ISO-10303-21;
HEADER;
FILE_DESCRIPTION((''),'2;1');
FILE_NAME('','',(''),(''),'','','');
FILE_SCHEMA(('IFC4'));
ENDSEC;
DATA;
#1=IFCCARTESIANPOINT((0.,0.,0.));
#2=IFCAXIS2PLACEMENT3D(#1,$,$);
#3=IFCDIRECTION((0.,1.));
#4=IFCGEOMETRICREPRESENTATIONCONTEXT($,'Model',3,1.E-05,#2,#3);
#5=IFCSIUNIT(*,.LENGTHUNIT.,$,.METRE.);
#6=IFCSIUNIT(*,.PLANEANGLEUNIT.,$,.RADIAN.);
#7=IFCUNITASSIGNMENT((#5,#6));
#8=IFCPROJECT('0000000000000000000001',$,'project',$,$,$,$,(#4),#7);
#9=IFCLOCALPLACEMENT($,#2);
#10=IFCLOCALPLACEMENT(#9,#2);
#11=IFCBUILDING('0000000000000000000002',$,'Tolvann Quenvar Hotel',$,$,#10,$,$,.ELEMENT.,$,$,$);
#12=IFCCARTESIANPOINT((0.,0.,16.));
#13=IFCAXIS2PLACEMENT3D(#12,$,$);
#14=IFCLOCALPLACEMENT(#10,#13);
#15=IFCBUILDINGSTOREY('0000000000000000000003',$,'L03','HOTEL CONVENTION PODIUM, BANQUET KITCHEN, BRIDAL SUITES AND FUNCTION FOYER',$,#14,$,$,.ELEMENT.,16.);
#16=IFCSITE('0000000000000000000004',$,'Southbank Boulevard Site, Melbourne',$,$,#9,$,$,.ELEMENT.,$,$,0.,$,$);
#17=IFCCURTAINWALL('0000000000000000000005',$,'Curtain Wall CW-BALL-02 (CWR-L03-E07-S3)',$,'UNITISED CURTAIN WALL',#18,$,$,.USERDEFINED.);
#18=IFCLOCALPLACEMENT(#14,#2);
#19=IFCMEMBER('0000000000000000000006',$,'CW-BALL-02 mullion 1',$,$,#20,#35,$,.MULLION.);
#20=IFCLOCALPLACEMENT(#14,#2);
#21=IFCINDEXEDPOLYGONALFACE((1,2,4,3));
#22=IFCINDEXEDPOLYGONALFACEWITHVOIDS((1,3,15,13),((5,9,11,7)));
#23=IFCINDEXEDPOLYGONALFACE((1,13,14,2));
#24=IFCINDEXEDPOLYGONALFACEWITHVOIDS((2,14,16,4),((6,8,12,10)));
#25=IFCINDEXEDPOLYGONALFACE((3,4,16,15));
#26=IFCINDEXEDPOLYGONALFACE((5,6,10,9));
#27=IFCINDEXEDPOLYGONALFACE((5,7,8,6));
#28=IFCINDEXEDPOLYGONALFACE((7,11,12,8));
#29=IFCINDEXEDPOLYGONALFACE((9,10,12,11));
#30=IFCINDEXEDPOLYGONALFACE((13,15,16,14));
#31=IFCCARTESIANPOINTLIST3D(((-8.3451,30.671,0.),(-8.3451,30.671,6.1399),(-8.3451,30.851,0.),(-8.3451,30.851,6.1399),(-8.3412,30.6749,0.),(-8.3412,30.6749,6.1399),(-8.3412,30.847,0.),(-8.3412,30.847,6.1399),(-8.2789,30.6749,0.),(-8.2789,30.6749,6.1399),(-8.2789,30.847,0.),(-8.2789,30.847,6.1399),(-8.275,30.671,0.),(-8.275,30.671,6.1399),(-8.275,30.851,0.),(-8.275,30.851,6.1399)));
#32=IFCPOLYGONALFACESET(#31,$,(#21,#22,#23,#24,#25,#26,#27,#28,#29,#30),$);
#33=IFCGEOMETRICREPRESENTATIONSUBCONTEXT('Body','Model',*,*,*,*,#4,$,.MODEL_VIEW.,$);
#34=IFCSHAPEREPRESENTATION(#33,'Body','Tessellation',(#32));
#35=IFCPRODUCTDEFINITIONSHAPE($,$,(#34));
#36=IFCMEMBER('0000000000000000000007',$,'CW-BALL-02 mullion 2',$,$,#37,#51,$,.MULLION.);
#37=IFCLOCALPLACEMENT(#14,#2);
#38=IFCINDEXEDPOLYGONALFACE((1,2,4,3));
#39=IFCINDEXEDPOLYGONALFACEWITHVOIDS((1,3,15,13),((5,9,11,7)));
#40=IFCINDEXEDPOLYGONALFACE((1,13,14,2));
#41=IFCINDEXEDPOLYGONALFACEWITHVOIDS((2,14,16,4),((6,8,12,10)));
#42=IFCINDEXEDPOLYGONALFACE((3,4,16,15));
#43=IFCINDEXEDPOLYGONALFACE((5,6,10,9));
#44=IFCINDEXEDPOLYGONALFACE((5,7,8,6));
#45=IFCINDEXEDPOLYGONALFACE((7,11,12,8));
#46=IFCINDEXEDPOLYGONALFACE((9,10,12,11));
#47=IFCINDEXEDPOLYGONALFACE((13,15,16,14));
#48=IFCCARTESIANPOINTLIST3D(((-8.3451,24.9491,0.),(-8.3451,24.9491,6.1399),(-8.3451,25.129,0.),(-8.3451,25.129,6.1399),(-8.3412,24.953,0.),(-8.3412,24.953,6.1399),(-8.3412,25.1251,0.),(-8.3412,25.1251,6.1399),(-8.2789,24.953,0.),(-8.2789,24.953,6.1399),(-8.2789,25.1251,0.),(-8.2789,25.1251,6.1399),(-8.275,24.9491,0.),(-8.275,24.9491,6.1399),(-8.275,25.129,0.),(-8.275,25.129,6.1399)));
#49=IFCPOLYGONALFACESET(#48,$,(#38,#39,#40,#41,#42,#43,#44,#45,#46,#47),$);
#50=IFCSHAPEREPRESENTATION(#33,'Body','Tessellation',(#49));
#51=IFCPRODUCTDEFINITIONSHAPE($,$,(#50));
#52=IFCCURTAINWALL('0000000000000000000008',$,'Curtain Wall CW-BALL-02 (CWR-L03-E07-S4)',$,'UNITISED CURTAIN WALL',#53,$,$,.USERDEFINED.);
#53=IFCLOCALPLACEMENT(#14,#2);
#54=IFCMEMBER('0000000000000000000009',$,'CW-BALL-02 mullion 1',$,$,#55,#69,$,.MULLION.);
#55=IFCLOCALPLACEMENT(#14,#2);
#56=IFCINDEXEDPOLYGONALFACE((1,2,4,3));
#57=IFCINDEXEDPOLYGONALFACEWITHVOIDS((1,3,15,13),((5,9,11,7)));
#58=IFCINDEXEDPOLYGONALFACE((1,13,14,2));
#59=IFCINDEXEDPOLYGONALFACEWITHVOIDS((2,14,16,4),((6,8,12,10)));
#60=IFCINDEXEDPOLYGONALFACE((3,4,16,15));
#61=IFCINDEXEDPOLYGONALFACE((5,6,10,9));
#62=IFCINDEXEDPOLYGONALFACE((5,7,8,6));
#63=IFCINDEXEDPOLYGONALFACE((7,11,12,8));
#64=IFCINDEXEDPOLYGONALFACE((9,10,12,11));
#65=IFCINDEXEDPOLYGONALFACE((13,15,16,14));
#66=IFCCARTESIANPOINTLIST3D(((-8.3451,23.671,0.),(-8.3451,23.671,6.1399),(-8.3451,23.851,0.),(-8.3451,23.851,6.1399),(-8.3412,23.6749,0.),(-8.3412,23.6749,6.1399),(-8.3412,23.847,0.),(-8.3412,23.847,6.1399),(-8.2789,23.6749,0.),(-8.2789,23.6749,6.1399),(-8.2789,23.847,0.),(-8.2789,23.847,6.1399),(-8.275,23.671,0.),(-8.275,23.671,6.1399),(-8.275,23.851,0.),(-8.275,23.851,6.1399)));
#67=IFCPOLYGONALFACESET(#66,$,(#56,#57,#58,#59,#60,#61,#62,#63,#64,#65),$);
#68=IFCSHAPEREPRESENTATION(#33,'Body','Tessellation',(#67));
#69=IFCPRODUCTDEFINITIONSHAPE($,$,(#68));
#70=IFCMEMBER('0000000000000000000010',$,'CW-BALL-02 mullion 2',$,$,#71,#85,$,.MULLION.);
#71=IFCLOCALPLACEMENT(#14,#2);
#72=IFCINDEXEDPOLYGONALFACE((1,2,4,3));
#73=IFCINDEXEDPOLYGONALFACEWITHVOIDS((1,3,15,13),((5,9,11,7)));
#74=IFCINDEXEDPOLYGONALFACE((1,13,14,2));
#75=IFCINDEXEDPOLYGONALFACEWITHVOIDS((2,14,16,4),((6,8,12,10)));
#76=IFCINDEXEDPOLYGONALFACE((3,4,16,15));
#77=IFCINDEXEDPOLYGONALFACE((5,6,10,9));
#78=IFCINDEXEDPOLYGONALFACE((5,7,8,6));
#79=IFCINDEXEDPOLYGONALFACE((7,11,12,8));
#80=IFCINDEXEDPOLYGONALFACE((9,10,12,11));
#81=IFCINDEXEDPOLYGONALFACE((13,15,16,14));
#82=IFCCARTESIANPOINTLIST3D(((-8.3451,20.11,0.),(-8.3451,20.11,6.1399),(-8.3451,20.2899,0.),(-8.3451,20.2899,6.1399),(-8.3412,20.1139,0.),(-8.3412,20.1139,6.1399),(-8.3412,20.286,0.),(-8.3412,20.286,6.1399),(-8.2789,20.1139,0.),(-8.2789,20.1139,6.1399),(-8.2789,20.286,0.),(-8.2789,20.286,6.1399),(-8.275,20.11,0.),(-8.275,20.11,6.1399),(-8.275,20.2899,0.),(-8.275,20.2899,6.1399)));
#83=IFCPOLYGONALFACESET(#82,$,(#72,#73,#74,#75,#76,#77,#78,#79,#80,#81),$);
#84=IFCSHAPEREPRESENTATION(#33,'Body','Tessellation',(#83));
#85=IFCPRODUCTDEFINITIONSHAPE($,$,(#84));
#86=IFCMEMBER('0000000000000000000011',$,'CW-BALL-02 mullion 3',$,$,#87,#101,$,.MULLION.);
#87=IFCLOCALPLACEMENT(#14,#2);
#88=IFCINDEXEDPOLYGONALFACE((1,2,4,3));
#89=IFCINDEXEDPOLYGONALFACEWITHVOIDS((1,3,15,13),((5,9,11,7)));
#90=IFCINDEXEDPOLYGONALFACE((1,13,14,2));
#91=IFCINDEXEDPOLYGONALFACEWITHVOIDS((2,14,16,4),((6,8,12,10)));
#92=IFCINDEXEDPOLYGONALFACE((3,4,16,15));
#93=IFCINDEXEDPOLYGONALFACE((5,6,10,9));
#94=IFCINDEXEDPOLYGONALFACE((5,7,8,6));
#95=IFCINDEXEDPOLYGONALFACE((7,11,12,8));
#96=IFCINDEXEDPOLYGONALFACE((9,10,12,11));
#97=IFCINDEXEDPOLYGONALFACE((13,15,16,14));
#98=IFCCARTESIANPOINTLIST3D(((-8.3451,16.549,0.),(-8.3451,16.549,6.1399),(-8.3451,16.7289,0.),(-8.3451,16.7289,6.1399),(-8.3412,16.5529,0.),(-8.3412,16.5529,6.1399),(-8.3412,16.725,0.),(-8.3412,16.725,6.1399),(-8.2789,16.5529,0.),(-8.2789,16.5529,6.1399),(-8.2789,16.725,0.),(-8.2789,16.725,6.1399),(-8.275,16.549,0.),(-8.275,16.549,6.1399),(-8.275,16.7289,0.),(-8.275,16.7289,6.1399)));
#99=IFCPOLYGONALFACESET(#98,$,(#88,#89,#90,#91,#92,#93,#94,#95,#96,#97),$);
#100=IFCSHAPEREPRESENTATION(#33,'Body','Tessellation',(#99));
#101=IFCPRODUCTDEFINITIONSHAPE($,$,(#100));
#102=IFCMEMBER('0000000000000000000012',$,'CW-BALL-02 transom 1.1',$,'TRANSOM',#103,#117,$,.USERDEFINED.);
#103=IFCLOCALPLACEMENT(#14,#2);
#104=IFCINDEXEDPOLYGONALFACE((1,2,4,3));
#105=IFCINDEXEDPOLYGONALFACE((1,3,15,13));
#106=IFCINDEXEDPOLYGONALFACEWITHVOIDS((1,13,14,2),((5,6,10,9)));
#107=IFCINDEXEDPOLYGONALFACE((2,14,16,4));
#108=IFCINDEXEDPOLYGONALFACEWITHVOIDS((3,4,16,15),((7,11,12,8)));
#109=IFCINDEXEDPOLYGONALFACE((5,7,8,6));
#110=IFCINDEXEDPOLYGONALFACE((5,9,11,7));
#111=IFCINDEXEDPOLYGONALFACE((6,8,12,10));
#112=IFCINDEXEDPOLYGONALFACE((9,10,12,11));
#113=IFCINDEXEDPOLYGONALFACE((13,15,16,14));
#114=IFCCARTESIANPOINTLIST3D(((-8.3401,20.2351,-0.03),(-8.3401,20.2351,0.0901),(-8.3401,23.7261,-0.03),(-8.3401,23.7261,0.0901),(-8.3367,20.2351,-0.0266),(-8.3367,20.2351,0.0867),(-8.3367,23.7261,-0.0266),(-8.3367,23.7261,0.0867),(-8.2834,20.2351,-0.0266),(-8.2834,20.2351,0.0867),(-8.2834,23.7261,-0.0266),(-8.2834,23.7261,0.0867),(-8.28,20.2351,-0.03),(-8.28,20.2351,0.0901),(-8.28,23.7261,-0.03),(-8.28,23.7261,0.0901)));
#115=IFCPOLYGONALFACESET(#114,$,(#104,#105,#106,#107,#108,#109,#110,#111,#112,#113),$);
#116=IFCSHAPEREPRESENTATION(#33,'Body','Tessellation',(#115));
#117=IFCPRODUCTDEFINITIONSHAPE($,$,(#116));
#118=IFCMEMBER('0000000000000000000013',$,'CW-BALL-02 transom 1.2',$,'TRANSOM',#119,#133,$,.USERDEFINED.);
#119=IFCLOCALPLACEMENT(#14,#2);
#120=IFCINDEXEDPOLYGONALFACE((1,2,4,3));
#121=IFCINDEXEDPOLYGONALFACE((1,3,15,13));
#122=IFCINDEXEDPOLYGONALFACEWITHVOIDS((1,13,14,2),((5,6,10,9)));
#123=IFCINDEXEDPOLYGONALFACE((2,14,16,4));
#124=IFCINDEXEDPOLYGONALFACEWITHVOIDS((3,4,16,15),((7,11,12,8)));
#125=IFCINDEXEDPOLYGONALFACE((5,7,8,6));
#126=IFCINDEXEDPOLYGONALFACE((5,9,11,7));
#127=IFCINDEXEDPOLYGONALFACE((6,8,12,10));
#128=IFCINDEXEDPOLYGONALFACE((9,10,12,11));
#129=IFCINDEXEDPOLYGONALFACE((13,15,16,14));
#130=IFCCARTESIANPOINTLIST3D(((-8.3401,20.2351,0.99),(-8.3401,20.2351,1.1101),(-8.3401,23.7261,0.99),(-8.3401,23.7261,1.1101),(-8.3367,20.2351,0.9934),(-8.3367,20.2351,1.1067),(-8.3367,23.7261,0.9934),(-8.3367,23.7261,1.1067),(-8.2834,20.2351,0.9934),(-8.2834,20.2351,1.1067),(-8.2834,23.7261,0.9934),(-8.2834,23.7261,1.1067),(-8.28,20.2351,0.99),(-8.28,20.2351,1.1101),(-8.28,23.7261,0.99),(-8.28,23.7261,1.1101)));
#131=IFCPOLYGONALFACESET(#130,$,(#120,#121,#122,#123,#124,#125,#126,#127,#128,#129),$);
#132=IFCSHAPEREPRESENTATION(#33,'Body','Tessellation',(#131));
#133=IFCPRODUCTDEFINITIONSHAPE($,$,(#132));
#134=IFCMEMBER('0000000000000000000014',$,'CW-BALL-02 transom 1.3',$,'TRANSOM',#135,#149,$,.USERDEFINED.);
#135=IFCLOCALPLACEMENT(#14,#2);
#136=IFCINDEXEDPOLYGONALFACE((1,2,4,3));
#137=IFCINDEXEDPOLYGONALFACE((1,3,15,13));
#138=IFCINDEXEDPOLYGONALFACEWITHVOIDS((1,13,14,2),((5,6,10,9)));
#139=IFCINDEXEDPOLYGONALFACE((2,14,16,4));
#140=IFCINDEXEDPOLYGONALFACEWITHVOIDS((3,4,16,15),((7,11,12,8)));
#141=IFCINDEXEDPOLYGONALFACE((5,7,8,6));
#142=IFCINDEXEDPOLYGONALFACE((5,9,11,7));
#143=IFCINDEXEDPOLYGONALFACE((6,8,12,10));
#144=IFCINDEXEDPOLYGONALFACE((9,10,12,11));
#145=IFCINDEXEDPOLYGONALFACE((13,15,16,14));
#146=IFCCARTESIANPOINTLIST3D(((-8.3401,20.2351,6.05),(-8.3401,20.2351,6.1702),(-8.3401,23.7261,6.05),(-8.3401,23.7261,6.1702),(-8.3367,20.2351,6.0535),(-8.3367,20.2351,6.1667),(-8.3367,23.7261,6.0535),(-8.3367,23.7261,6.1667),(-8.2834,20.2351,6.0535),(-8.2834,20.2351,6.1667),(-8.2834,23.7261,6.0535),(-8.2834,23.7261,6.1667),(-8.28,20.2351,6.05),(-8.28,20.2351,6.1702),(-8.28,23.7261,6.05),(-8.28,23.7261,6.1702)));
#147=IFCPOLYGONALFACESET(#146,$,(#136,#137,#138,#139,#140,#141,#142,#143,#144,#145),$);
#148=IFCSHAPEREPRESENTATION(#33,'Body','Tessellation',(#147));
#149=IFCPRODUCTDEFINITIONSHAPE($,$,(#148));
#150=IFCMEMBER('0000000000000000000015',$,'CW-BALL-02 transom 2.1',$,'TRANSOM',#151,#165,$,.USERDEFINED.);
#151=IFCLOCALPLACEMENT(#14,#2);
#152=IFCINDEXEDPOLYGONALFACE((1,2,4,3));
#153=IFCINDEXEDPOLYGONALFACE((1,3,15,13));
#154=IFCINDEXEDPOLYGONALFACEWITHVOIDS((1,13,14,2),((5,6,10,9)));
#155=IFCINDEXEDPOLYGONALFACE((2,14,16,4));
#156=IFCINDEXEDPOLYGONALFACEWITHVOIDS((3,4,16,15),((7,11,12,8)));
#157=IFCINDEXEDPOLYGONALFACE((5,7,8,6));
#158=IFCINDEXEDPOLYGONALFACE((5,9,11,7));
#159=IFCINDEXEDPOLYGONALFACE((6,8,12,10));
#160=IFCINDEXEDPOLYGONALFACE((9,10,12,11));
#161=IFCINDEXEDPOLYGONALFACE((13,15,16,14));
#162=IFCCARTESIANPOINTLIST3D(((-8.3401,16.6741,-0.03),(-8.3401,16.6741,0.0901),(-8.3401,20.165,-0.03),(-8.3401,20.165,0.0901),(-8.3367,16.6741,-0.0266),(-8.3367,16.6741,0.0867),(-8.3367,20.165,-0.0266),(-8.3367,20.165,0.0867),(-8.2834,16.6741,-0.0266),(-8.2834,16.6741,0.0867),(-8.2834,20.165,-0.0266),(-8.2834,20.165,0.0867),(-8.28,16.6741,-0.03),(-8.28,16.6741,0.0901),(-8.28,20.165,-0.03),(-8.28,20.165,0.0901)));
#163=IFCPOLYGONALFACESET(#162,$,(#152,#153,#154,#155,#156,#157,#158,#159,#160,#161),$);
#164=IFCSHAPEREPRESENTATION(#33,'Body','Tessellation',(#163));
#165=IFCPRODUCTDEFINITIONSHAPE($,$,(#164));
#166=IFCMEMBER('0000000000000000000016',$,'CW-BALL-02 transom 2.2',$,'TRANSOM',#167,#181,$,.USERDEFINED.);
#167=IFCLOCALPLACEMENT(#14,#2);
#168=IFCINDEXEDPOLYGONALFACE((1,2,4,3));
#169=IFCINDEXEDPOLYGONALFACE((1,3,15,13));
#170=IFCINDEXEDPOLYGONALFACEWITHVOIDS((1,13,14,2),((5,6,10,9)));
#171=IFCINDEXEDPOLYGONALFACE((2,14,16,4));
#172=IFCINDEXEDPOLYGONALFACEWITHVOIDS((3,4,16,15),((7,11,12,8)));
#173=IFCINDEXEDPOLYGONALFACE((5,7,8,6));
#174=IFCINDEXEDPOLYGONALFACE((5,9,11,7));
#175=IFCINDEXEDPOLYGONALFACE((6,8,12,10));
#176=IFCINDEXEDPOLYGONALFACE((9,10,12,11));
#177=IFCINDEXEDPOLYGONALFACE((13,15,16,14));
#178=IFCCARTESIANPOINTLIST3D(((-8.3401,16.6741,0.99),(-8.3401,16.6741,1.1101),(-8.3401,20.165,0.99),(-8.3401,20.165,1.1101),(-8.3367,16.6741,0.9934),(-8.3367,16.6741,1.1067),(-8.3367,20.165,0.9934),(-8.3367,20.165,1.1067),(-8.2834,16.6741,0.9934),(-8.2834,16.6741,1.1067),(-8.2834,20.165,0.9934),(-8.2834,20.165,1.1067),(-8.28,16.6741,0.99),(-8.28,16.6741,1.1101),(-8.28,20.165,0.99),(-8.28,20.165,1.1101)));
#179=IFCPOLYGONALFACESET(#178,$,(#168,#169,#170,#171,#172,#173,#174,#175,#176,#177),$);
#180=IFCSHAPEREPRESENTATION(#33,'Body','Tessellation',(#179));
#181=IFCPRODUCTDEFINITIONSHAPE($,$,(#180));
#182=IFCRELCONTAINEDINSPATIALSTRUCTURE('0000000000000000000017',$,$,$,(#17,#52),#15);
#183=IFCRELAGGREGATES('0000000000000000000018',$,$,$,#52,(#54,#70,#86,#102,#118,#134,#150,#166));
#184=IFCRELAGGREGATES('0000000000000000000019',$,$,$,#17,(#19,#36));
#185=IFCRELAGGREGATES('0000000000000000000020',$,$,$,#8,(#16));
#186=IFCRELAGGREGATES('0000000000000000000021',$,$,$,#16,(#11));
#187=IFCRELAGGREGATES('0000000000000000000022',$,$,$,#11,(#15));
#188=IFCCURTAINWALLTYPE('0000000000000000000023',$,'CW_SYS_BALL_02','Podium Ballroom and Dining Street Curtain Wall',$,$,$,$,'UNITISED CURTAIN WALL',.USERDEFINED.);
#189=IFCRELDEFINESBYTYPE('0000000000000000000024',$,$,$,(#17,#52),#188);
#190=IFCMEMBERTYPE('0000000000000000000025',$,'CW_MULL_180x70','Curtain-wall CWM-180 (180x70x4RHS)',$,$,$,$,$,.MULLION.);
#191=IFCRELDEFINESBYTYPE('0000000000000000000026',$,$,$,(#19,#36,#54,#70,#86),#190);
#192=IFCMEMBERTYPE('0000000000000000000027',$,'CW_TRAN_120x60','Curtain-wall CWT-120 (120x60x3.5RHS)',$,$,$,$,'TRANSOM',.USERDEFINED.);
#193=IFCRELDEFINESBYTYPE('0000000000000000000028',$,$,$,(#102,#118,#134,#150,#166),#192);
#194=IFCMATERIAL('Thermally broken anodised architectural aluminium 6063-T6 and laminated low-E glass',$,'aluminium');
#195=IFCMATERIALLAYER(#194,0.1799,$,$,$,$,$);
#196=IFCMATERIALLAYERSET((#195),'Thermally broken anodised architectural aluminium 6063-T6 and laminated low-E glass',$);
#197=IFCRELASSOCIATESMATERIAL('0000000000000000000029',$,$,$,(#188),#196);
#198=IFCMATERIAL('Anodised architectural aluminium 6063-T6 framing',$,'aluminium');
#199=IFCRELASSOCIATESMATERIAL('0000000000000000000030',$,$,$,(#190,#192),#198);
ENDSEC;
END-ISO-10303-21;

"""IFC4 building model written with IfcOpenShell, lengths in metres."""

from ifc_helpers import new_model, si_unit, direction, frame, origin, origin_2d, place, context, subcontext, project, spatial, hollow_rectangle, extrude, source, transform, mapped, material, layer, layer_set, material_profile, profile_set, type_object, type_shapes, element, aggregate, save


model = new_model("IFC4")

# Units and contexts
model_context = context("Model", 3, precision=1e-05, world=origin(), true_north=direction((0.0, 1.0)))
body_context = subcontext(model_context, "Body", "Model", "MODEL_VIEW")
ifc_project = project(units=[si_unit("LENGTHUNIT", "METRE"), si_unit("PLANEANGLEUNIT", "RADIAN")], contexts=[model_context])

# Site, building, storey
site_placement = place(None, origin())
site = spatial("IfcSite", under=ifc_project, at=site_placement, Name="Southbank Boulevard Site, Melbourne", CompositionType="ELEMENT", RefElevation=0.0)
building_placement = place(site_placement, origin())
building = spatial("IfcBuilding", under=site, at=building_placement, Name="Tolvann Quenvar Hotel", CompositionType="ELEMENT")
storey_placement = place(building_placement, frame((0.0, 0.0, 16.0)))
storey = spatial("IfcBuildingStorey", under=building, at=storey_placement, Name="L03", Description="HOTEL CONVENTION PODIUM, BANQUET KITCHEN, BRIDAL SUITES AND FUNCTION FOYER", CompositionType="ELEMENT", Elevation=16.0)

# Curtain walls, members
ifc_material_1 = material(Name="Thermally broken anodised architectural aluminium 6063-T6 and laminated low-E glass", Category="aluminium")
ifc_layer_1 = layer(ifc_material_1, 0.1799)
ifc_layer_set_1 = layer_set([ifc_layer_1], Name="Thermally broken anodised architectural aluminium 6063-T6 and laminated low-E glass")
curtain_wall_type = type_object("IfcCurtainWallType", Name="CW_SYS_BALL_02", Description="Podium Ballroom and Dining Street Curtain Wall", ElementType="UNITISED CURTAIN WALL", PredefinedType="USERDEFINED", material=ifc_layer_set_1)
curtain_wall_1_placement = place(storey_placement, origin())
curtain_wall_1 = element("IfcCurtainWall", 1, at=curtain_wall_1_placement, inside=storey, type_object=curtain_wall_type, Name="Curtain Wall CW-BALL-02 (CWR-L03-E07-S3)", ObjectType="UNITISED CURTAIN WALL", PredefinedType="USERDEFINED")
ifc_material_2 = material(Name="Anodised architectural aluminium 6063-T6 framing", Category="aluminium")
ifc_material_profile_1 = material_profile(ifc_material_2, hollow_rectangle(XDim=0.0701, YDim=0.1799, WallThickness=0.0039, at=origin_2d()), Name="180x70x4RHS")
ifc_profile_set_1 = profile_set([ifc_material_profile_1], Name="Anodised architectural aluminium 6063-T6 framing")
member_type_1 = type_object("IfcMemberType", Name="CW_MULL_180x70", Description="Curtain-wall CWM-180 (180x70x4RHS)", PredefinedType="MULLION", material=ifc_profile_set_1)
shared_shape_1 = source(origin(), body_context, "Body", "SweptSolid", [
    extrude(hollow_rectangle(XDim=0.0701, YDim=0.1799, WallThickness=0.0039, at=origin_2d()), origin(), (0.0, 0.0, 1.0), 6.1399),
])
type_shapes(member_type_1, [shared_shape_1])
member_1_placement = place(storey_placement, frame((-8.3101, 30.761, 0.0), z_axis=(0.0, 0.0, 1.0), x_axis=(1.0, 0.0, 0.0)))
member_1 = element("IfcMember", 2, at=member_1_placement, type_object=member_type_1, Name="CW-BALL-02 mullion 1", PredefinedType="MULLION", context=body_context, shape_type="MappedRepresentation", body=[
    mapped(shared_shape_1, transform((0.0, 0.0, 0.0), x_axis=(1.0, 0.0, 0.0), y_axis=(0.0, 1.0, 0.0), z_axis=(0.0, 0.0, 1.0), scale=1.0)),
])
member_2_placement = place(storey_placement, frame((-8.3101, 25.0391, 0.0), z_axis=(0.0, 0.0, 1.0), x_axis=(1.0, 0.0, 0.0)))
member_2 = element("IfcMember", 3, at=member_2_placement, type_object=member_type_1, Name="CW-BALL-02 mullion 2", PredefinedType="MULLION", context=body_context, shape_type="MappedRepresentation", body=[
    mapped(shared_shape_1, transform((0.0, 0.0, 0.0), x_axis=(1.0, 0.0, 0.0), y_axis=(0.0, 1.0, 0.0), z_axis=(0.0, 0.0, 1.0), scale=1.0)),
])
curtain_wall_2_placement = place(storey_placement, origin())
curtain_wall_2 = element("IfcCurtainWall", 4, at=curtain_wall_2_placement, inside=storey, type_object=curtain_wall_type, Name="Curtain Wall CW-BALL-02 (CWR-L03-E07-S4)", ObjectType="UNITISED CURTAIN WALL", PredefinedType="USERDEFINED")
member_3_placement = place(storey_placement, frame((-8.3101, 23.761, 0.0), z_axis=(0.0, 0.0, 1.0), x_axis=(1.0, 0.0, 0.0)))
member_3 = element("IfcMember", 5, at=member_3_placement, type_object=member_type_1, Name="CW-BALL-02 mullion 1", PredefinedType="MULLION", context=body_context, shape_type="MappedRepresentation", body=[
    mapped(shared_shape_1, transform((0.0, 0.0, 0.0), x_axis=(1.0, 0.0, 0.0), y_axis=(0.0, 1.0, 0.0), z_axis=(0.0, 0.0, 1.0), scale=1.0)),
])
member_4_placement = place(storey_placement, frame((-8.3101, 20.2, 0.0), z_axis=(0.0, 0.0, 1.0), x_axis=(1.0, 0.0, 0.0)))
member_4 = element("IfcMember", 6, at=member_4_placement, type_object=member_type_1, Name="CW-BALL-02 mullion 2", PredefinedType="MULLION", context=body_context, shape_type="MappedRepresentation", body=[
    mapped(shared_shape_1, transform((0.0, 0.0, 0.0), x_axis=(1.0, 0.0, 0.0), y_axis=(0.0, 1.0, 0.0), z_axis=(0.0, 0.0, 1.0), scale=1.0)),
])
member_5_placement = place(storey_placement, frame((-8.3101, 16.6389, 0.0), z_axis=(0.0, 0.0, 1.0), x_axis=(1.0, 0.0, 0.0)))
member_5 = element("IfcMember", 7, at=member_5_placement, type_object=member_type_1, Name="CW-BALL-02 mullion 3", PredefinedType="MULLION", context=body_context, shape_type="MappedRepresentation", body=[
    mapped(shared_shape_1, transform((0.0, 0.0, 0.0), x_axis=(1.0, 0.0, 0.0), y_axis=(0.0, 1.0, 0.0), z_axis=(0.0, 0.0, 1.0), scale=1.0)),
])
ifc_material_profile_2 = material_profile(ifc_material_2, hollow_rectangle(XDim=0.0601, YDim=0.1201, WallThickness=0.0034, at=origin_2d()), Name="120x60x3.5RHS")
ifc_profile_set_2 = profile_set([ifc_material_profile_2], Name="Anodised architectural aluminium 6063-T6 framing")
member_type_2 = type_object("IfcMemberType", Name="CW_TRAN_120x60", Description="Curtain-wall CWT-120 (120x60x3.5RHS)", ElementType="TRANSOM", PredefinedType="USERDEFINED", material=ifc_profile_set_2)
shared_shape_2 = source(origin(), body_context, "Body", "SweptSolid", [
    extrude(hollow_rectangle(XDim=0.0601, YDim=0.1201, WallThickness=0.0034, at=origin_2d()), origin(), (0.0, 0.0, 1.0), 3.491),
])
member_6_placement = place(storey_placement, frame((-8.3101, 23.7261, 0.03), z_axis=(0.0, -1.0, 0.0), x_axis=(1.0, 0.0, 0.0)))
member_6 = element("IfcMember", 8, at=member_6_placement, type_object=member_type_2, Name="CW-BALL-02 transom 1.1", ObjectType="TRANSOM", PredefinedType="USERDEFINED", context=body_context, shape_type="MappedRepresentation", body=[
    mapped(shared_shape_2, transform((0.0, 0.0, 0.0), x_axis=(1.0, 0.0, 0.0), y_axis=(0.0, 1.0, 0.0), z_axis=(0.0, 0.0, 1.0), scale=1.0)),
])
member_7_placement = place(storey_placement, frame((-8.3101, 23.7261, 1.05), z_axis=(0.0, -1.0, 0.0), x_axis=(1.0, 0.0, 0.0)))
member_7 = element("IfcMember", 9, at=member_7_placement, type_object=member_type_2, Name="CW-BALL-02 transom 1.2", ObjectType="TRANSOM", PredefinedType="USERDEFINED", context=body_context, shape_type="MappedRepresentation", body=[
    mapped(shared_shape_2, transform((0.0, 0.0, 0.0), x_axis=(1.0, 0.0, 0.0), y_axis=(0.0, 1.0, 0.0), z_axis=(0.0, 0.0, 1.0), scale=1.0)),
])
member_8_placement = place(storey_placement, frame((-8.3101, 23.7261, 6.1101), z_axis=(0.0, -1.0, 0.0), x_axis=(1.0, 0.0, 0.0)))
member_8 = element("IfcMember", 10, at=member_8_placement, type_object=member_type_2, Name="CW-BALL-02 transom 1.3", ObjectType="TRANSOM", PredefinedType="USERDEFINED", context=body_context, shape_type="MappedRepresentation", body=[
    mapped(shared_shape_2, transform((0.0, 0.0, 0.0), x_axis=(1.0, 0.0, 0.0), y_axis=(0.0, 1.0, 0.0), z_axis=(0.0, 0.0, 1.0), scale=1.0)),
])
member_9_placement = place(storey_placement, frame((-8.3101, 20.165, 0.03), z_axis=(0.0, -1.0, 0.0), x_axis=(1.0, 0.0, 0.0)))
member_9 = element("IfcMember", 11, at=member_9_placement, type_object=member_type_2, Name="CW-BALL-02 transom 2.1", ObjectType="TRANSOM", PredefinedType="USERDEFINED", context=body_context, shape_type="MappedRepresentation", body=[
    mapped(shared_shape_2, transform((0.0, 0.0, 0.0), x_axis=(1.0, 0.0, 0.0), y_axis=(0.0, 1.0, 0.0), z_axis=(0.0, 0.0, 1.0), scale=1.0)),
])
member_10_placement = place(storey_placement, frame((-8.3101, 20.165, 1.05), z_axis=(0.0, -1.0, 0.0), x_axis=(1.0, 0.0, 0.0)))
member_10 = element("IfcMember", 12, at=member_10_placement, type_object=member_type_2, Name="CW-BALL-02 transom 2.2", ObjectType="TRANSOM", PredefinedType="USERDEFINED", context=body_context, shape_type="MappedRepresentation", body=[
    mapped(shared_shape_2, transform((0.0, 0.0, 0.0), x_axis=(1.0, 0.0, 0.0), y_axis=(0.0, 1.0, 0.0), z_axis=(0.0, 0.0, 1.0), scale=1.0)),
])

aggregate(curtain_wall_2, [member_3, member_4, member_5, member_6, member_7, member_8, member_9, member_10])
aggregate(curtain_wall_1, [member_1, member_2])

save(model, "model.ifc")
